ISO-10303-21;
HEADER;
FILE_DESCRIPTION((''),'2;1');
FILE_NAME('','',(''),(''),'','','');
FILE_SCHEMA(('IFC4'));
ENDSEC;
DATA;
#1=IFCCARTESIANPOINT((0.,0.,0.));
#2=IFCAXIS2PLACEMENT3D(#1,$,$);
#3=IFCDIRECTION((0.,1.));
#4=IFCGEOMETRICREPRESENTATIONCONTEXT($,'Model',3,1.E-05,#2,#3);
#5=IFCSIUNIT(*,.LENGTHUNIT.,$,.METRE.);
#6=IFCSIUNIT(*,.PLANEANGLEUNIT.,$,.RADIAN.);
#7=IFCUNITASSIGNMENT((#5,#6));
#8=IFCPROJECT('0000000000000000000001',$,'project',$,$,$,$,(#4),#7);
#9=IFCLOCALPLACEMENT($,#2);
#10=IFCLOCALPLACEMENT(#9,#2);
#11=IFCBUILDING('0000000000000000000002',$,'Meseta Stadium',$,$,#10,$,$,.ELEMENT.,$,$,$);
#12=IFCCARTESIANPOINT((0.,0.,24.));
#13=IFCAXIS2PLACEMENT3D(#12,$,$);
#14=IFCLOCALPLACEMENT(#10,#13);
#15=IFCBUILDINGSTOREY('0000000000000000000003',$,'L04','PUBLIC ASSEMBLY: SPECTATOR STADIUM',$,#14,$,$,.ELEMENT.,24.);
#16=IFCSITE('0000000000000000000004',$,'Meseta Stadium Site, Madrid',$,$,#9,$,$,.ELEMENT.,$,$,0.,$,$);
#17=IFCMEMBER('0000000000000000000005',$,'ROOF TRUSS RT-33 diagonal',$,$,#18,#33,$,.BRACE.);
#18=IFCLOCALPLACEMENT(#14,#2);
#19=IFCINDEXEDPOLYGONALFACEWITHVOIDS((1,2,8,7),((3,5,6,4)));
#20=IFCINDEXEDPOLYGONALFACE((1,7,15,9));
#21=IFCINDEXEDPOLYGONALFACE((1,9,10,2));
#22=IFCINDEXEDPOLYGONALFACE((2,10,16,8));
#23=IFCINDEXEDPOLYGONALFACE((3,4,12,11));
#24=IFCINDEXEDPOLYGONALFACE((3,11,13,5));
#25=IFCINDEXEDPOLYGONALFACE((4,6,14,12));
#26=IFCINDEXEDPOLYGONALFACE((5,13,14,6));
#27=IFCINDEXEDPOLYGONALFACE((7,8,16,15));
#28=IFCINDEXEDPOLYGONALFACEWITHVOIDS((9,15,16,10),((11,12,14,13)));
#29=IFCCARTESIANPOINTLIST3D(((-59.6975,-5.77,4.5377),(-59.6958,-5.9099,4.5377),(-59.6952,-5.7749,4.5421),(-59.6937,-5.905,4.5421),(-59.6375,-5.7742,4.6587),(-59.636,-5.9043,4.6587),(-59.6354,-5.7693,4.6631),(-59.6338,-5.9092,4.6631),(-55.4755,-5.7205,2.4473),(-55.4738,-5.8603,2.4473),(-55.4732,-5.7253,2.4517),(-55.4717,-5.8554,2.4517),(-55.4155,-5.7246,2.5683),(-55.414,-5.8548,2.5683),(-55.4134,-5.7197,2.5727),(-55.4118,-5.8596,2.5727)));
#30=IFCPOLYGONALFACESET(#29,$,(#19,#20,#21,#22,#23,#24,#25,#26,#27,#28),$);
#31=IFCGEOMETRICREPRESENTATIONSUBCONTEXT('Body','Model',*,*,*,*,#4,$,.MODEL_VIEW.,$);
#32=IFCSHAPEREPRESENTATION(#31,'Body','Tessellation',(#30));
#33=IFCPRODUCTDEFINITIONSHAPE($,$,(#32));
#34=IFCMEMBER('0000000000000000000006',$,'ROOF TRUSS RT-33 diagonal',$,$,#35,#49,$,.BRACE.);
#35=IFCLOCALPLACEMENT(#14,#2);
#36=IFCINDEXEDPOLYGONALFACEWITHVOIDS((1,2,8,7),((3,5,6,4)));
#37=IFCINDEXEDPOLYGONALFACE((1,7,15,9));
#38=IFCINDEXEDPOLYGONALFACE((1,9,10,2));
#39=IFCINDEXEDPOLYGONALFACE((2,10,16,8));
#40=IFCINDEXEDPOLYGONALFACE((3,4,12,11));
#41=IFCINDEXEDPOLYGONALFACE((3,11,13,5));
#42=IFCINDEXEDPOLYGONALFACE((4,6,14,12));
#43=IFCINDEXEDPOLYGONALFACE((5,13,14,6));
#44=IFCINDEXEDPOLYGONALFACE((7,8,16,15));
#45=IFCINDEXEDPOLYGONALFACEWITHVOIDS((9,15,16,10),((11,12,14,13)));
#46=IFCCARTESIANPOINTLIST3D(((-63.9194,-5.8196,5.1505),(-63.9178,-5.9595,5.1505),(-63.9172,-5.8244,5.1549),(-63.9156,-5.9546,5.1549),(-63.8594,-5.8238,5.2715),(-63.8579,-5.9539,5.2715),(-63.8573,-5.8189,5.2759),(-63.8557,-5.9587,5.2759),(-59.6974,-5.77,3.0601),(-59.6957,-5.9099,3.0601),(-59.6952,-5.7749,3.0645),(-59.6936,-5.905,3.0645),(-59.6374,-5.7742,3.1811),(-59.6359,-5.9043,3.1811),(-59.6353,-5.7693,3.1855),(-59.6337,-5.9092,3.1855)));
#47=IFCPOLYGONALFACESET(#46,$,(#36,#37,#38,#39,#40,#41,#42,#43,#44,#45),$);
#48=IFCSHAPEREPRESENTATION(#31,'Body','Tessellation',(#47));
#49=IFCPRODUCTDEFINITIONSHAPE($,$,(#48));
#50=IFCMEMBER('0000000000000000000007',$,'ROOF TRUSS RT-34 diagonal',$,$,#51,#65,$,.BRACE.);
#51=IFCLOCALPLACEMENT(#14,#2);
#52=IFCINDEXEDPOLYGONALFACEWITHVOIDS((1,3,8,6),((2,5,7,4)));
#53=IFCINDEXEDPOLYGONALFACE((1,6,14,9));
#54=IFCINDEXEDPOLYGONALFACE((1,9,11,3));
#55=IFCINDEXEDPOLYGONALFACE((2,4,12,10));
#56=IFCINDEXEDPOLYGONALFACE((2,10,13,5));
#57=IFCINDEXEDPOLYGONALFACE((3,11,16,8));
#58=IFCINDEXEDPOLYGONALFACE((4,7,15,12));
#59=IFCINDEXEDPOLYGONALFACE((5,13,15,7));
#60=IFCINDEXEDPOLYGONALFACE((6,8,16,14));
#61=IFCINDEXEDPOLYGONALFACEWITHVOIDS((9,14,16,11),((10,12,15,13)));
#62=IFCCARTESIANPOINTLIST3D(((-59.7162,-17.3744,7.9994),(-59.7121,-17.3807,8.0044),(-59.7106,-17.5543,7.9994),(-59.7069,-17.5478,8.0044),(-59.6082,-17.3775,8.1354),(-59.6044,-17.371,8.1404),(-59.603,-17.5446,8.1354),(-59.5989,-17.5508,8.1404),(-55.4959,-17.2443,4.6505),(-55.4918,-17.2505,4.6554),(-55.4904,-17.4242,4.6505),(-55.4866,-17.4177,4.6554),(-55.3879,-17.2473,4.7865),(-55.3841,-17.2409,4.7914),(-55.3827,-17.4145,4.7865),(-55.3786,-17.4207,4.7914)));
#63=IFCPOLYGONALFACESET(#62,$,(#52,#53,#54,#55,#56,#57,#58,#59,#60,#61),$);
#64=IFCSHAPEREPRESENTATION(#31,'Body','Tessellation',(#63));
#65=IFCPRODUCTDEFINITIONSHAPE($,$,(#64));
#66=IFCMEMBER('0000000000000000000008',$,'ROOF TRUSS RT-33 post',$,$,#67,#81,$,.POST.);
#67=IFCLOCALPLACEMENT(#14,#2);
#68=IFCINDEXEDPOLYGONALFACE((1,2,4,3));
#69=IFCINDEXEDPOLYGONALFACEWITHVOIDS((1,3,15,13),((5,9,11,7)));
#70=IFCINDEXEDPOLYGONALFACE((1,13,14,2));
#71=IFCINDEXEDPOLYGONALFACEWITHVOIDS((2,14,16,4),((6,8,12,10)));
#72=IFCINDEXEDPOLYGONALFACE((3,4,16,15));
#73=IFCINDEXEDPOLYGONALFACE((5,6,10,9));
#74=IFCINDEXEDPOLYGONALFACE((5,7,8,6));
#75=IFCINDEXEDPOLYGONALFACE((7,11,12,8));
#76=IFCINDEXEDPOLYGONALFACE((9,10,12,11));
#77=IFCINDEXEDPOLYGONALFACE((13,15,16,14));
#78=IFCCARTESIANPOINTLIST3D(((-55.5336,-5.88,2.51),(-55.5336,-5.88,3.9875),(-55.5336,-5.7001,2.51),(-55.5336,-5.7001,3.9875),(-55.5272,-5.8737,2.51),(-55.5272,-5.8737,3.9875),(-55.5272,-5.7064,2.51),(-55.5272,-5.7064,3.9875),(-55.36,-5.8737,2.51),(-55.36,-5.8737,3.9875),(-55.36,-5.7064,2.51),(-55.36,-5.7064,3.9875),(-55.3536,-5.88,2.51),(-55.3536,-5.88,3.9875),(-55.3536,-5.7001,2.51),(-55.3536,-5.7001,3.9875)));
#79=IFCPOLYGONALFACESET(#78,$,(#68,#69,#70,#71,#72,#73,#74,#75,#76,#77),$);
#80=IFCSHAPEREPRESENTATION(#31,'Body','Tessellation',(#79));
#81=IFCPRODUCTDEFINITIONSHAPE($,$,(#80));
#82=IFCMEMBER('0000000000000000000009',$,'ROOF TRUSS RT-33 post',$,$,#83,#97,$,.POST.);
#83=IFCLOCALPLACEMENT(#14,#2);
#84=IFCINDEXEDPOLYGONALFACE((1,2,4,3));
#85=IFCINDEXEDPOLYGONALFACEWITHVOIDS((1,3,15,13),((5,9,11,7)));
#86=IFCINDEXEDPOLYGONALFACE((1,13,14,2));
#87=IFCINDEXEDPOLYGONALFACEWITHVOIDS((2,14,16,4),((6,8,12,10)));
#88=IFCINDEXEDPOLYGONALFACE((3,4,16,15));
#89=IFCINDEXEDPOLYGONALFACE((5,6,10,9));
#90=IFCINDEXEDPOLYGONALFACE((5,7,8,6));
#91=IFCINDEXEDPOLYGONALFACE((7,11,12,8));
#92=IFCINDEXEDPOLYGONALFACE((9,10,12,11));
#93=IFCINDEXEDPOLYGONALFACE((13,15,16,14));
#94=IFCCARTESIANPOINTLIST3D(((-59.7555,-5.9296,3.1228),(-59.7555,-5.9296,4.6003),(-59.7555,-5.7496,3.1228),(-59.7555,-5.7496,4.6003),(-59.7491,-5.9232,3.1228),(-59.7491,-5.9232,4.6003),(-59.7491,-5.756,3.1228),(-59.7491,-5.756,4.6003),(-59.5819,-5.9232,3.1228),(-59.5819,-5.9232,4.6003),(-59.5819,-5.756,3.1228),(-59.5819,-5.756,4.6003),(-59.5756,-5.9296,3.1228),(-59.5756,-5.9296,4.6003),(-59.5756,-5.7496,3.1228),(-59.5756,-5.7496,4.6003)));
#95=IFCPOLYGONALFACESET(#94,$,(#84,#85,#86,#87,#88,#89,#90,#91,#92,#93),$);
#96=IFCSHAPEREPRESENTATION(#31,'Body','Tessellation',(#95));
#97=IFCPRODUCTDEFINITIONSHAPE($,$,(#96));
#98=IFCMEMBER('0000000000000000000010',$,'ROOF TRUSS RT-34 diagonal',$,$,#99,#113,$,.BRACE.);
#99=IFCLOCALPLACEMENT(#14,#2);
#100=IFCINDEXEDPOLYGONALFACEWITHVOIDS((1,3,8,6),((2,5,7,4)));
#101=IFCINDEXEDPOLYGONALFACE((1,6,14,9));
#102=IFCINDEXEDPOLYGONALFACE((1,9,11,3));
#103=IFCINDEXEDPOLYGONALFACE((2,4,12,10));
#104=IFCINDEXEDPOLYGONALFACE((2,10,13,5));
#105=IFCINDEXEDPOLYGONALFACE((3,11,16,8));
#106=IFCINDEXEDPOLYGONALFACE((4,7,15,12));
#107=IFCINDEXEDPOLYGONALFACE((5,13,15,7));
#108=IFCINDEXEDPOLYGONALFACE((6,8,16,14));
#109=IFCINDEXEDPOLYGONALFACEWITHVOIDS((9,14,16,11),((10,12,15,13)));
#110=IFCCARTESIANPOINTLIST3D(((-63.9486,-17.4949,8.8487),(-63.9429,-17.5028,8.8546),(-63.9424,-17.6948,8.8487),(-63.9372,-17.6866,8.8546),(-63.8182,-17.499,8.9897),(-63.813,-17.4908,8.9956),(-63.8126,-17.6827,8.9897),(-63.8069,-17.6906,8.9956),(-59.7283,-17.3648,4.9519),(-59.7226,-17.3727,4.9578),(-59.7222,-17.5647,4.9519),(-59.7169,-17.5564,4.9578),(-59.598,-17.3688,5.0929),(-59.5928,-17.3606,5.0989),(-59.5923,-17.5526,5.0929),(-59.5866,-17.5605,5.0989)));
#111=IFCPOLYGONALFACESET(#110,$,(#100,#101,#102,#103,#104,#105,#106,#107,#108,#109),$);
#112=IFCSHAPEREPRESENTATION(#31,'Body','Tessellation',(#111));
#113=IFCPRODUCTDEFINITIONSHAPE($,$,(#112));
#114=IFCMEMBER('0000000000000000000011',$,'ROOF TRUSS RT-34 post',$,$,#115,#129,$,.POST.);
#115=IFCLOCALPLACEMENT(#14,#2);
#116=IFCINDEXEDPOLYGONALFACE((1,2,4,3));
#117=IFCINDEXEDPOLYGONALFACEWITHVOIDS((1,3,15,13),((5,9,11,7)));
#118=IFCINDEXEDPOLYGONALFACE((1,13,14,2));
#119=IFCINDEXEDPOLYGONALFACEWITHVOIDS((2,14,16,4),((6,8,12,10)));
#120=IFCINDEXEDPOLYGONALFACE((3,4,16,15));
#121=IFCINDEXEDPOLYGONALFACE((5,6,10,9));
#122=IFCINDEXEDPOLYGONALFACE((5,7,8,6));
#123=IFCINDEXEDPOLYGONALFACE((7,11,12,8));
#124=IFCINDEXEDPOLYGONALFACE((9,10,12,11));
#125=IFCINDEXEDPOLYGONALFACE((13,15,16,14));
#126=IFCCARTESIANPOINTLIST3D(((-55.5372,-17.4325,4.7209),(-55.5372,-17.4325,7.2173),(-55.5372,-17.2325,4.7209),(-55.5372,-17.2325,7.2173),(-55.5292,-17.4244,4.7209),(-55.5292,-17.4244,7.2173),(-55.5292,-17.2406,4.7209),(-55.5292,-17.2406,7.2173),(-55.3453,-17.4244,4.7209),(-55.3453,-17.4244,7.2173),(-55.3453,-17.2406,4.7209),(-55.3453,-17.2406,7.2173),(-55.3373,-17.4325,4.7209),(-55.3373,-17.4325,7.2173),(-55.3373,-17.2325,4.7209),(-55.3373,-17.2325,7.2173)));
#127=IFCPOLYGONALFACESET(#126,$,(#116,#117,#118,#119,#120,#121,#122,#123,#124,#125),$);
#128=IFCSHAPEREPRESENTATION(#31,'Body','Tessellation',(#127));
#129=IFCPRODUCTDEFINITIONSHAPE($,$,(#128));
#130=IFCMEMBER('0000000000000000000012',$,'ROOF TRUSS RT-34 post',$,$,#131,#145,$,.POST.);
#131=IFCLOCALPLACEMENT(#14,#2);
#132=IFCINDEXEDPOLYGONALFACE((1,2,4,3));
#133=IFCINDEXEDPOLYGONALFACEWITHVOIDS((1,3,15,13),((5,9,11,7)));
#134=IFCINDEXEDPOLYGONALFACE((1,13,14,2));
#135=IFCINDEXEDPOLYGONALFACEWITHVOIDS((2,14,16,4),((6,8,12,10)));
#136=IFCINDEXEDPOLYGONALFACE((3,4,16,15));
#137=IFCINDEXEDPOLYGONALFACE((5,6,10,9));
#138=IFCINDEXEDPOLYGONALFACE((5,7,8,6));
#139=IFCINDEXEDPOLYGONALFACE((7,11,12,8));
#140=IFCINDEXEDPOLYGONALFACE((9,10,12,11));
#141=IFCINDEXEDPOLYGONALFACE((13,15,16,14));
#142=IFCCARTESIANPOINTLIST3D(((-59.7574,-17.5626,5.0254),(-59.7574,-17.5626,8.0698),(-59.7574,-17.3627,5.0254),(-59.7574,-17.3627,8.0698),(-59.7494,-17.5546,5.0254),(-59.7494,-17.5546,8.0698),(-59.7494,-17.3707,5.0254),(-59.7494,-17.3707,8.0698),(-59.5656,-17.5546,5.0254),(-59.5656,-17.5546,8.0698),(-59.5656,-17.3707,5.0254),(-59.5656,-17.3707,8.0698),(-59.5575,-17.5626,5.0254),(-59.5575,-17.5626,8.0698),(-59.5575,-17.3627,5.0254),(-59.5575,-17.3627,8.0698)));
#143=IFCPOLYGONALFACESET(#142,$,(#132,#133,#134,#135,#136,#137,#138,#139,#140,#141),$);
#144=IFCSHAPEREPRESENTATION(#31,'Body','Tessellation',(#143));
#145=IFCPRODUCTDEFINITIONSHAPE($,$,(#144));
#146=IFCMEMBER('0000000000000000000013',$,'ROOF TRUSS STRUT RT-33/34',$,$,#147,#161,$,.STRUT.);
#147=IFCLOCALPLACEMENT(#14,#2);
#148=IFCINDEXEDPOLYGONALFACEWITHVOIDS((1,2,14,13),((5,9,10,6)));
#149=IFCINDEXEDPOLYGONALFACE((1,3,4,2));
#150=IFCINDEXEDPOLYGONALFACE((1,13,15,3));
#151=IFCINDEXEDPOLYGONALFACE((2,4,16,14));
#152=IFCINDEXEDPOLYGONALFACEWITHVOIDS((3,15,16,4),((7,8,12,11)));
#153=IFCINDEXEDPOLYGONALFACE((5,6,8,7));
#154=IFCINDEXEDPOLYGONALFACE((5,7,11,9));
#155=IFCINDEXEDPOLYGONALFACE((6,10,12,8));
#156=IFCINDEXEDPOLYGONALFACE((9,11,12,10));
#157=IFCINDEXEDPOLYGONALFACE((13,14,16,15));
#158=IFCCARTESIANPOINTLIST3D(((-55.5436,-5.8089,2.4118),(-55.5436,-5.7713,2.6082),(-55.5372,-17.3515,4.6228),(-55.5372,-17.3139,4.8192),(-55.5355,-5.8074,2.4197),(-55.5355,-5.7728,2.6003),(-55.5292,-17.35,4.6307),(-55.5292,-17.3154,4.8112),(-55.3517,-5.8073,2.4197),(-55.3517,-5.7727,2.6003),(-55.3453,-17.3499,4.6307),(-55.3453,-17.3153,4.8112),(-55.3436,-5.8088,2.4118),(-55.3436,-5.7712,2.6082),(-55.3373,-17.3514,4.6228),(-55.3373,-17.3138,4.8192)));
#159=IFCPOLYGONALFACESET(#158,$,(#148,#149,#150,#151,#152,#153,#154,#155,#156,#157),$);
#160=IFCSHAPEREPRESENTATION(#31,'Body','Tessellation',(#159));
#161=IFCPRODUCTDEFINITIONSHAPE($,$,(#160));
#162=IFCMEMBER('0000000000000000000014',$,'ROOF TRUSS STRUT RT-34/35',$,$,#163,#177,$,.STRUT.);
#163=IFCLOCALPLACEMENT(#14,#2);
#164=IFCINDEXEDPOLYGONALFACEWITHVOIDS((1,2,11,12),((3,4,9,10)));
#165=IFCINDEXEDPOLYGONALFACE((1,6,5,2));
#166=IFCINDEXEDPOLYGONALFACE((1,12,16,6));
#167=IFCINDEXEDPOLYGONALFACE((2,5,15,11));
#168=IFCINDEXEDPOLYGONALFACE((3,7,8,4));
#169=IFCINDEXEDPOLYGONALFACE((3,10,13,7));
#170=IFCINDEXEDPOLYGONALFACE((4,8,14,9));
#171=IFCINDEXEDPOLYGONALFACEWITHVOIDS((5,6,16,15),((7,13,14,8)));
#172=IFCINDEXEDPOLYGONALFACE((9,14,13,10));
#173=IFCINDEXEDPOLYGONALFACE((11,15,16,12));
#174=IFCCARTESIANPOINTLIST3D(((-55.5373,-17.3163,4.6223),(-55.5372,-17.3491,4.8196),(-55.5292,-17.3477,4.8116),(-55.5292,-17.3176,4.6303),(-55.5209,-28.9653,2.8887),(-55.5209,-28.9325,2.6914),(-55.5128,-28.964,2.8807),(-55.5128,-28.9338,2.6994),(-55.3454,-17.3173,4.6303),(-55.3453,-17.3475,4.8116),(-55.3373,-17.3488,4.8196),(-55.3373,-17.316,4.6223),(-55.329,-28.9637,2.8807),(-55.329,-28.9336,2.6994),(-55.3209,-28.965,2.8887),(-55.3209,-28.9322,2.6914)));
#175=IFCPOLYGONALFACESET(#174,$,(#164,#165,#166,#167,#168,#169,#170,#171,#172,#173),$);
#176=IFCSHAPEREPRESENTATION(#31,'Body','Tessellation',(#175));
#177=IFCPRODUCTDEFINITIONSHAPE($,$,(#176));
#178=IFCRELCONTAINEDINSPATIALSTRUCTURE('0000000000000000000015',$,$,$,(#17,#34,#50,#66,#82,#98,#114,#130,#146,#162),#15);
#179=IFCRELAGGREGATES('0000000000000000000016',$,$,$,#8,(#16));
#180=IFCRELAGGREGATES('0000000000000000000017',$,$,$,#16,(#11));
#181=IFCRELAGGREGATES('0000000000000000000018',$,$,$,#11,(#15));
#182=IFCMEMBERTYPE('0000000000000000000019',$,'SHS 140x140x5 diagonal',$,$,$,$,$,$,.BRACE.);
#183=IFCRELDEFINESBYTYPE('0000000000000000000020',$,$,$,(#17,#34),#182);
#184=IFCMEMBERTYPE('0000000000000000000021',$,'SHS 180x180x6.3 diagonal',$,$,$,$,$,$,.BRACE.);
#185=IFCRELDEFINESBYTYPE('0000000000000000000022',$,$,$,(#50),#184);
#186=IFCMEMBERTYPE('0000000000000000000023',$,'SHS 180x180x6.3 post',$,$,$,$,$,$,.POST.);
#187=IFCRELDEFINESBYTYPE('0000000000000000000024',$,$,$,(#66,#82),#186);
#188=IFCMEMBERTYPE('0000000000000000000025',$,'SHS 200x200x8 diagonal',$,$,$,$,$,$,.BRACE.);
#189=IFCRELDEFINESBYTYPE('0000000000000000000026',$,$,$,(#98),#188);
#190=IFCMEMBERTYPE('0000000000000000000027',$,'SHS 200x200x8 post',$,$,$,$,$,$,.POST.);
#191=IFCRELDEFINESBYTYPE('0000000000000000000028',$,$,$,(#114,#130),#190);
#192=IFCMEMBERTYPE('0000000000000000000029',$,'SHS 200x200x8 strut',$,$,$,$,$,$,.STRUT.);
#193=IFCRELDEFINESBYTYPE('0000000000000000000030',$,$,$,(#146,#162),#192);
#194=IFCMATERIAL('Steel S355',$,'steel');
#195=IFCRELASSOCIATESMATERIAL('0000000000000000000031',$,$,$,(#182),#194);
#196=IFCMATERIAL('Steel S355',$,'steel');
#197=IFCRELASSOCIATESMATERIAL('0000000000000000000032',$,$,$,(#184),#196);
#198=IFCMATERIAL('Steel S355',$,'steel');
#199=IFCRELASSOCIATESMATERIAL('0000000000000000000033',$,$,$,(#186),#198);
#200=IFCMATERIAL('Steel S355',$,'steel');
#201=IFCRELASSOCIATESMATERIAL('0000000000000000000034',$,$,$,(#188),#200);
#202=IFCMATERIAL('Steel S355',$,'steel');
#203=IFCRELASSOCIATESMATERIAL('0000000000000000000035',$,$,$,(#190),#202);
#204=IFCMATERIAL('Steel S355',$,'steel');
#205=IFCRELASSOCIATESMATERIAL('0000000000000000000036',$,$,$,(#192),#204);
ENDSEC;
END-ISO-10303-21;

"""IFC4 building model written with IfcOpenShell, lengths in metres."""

from ifc_helpers import new_model, si_unit, direction, frame, origin, origin_2d, place, context, subcontext, project, spatial, hollow_rectangle, extrude, material, material_profile, profile_set, type_object, element, save


model = new_model("IFC4")

# Units and contexts
model_context = context("Model", 3, precision=1e-05, world=origin(), true_north=direction((0.0, 1.0)))
body_context = subcontext(model_context, "Body", "Model", "MODEL_VIEW")
ifc_project = project(units=[si_unit("LENGTHUNIT", "METRE"), si_unit("PLANEANGLEUNIT", "RADIAN")], contexts=[model_context])

# Site, building, storey
site_placement = place(None, origin())
site = spatial("IfcSite", under=ifc_project, at=site_placement, Name="Meseta Stadium Site, Madrid", CompositionType="ELEMENT", RefElevation=0.0)
building_placement = place(site_placement, origin())
building = spatial("IfcBuilding", under=site, at=building_placement, Name="Meseta Stadium", CompositionType="ELEMENT")
storey_placement = place(building_placement, frame((0.0, 0.0, 24.0)))
storey = spatial("IfcBuildingStorey", under=building, at=storey_placement, Name="L04", Description="PUBLIC ASSEMBLY: SPECTATOR STADIUM", CompositionType="ELEMENT", Elevation=24.0)

# Members
ifc_material_1 = material(Name="Steel S355", Category="steel")
ifc_material_profile_1 = material_profile(ifc_material_1, hollow_rectangle(XDim=0.1399, YDim=0.1399, WallThickness=0.0049, at=origin_2d()), Name="SHS 140x140x5")
ifc_profile_set_1 = profile_set([ifc_material_profile_1], Name="Steel S355")
member_type_1 = type_object("IfcMemberType", Name="SHS 140x140x5 diagonal", PredefinedType="BRACE", material=ifc_profile_set_1)
for number, where, z_axis, x_axis, name in (
    (1, (-55.4436, -5.79, 2.51), (-0.896122, -0.010519, 0.443682), (0.011738, -0.999931, 0.0), "ROOF TRUSS RT-33 diagonal"),
    (2, (-59.6655, -5.8396, 3.1228), (-0.896122, -0.010519, 0.443682), (0.011738, -0.999931, 0.0), "ROOF TRUSS RT-33 diagonal"),
):
    element("IfcMember", number, at=place(storey_placement, frame(where, z_axis=z_axis, x_axis=x_axis)), inside=storey, type_object=member_type_1, Name=name, PredefinedType="BRACE", context=body_context, shape_type="SweptSolid", body=[
        extrude(hollow_rectangle(XDim=0.1399, YDim=0.1399, WallThickness=0.0049, at=origin_2d()), origin(), (0.0, 0.0, 1.0), 4.7114),
    ])
ifc_material_2 = material(Name="Steel S355", Category="steel")
ifc_material_profile_2 = material_profile(ifc_material_2, hollow_rectangle(XDim=0.1799, YDim=0.1799, WallThickness=0.0063, at=origin_2d()), Name="SHS 180x180x6.3")
ifc_profile_set_2 = profile_set([ifc_material_profile_2], Name="Steel S355")
member_type_2 = type_object("IfcMemberType", Name="SHS 180x180x6.3 diagonal", PredefinedType="BRACE", material=ifc_profile_set_2)
member_1_placement = place(storey_placement, frame((-55.4373, -17.3325, 4.7209), z_axis=(-0.783106, -0.024146, 0.62142), x_axis=(0.03082, -0.999525, 0.0)))
element("IfcMember", 3, at=member_1_placement, inside=storey, type_object=member_type_2, Name="ROOF TRUSS RT-34 diagonal", PredefinedType="BRACE", context=body_context, shape_type="SweptSolid", body=[
    extrude(hollow_rectangle(XDim=0.1799, YDim=0.1799, WallThickness=0.0063, at=origin_2d()), origin(), (0.0, 0.0, 1.0), 5.3892),
])
ifc_material_3 = material(Name="Steel S355", Category="steel")
ifc_material_profile_3 = material_profile(ifc_material_3, hollow_rectangle(XDim=0.1799, YDim=0.1799, WallThickness=0.0063, at=origin_2d()), Name="SHS 180x180x6.3")
ifc_profile_set_3 = profile_set([ifc_material_profile_3], Name="Steel S355")
member_type_3 = type_object("IfcMemberType", Name="SHS 180x180x6.3 post", PredefinedType="POST", material=ifc_profile_set_3)
for number, where, z_axis, x_axis, name in (
    (4, (-55.4436, -5.79, 2.51), (0.0, 0.0, 1.0), (1.0, 0.0, 0.0), "ROOF TRUSS RT-33 post"),
    (5, (-59.6655, -5.8396, 3.1228), (0.0, 0.0, 1.0), (1.0, 0.0, 0.0), "ROOF TRUSS RT-33 post"),
):
    element("IfcMember", number, at=place(storey_placement, frame(where, z_axis=z_axis, x_axis=x_axis)), inside=storey, type_object=member_type_3, Name=name, PredefinedType="POST", context=body_context, shape_type="SweptSolid", body=[
        extrude(hollow_rectangle(XDim=0.1799, YDim=0.1799, WallThickness=0.0063, at=origin_2d()), origin(), (0.0, 0.0, 1.0), 1.4775),
    ])
ifc_material_4 = material(Name="Steel S355", Category="steel")
ifc_material_profile_4 = material_profile(ifc_material_4, hollow_rectangle(XDim=0.2, YDim=0.2, WallThickness=0.0081, at=origin_2d()), Name="SHS 200x200x8")
ifc_profile_set_4 = profile_set([ifc_material_profile_4], Name="Steel S355")
member_type_4 = type_object("IfcMemberType", Name="SHS 200x200x8 diagonal", PredefinedType="BRACE", material=ifc_profile_set_4)
member_2_placement = place(storey_placement, frame((-59.6575, -17.4626, 5.0254), z_axis=(-0.734516, -0.022648, 0.678214), x_axis=(0.03082, -0.999525, 0.0)))
element("IfcMember", 6, at=member_2_placement, inside=storey, type_object=member_type_4, Name="ROOF TRUSS RT-34 diagonal", PredefinedType="BRACE", context=body_context, shape_type="SweptSolid", body=[
    extrude(hollow_rectangle(XDim=0.2, YDim=0.2, WallThickness=0.0081, at=origin_2d()), origin(), (0.0, 0.0, 1.0), 5.7456),
])
ifc_material_5 = material(Name="Steel S355", Category="steel")
ifc_material_profile_5 = material_profile(ifc_material_5, hollow_rectangle(XDim=0.2, YDim=0.2, WallThickness=0.0081, at=origin_2d()), Name="SHS 200x200x8")
ifc_profile_set_5 = profile_set([ifc_material_profile_5], Name="Steel S355")
member_type_5 = type_object("IfcMemberType", Name="SHS 200x200x8 post", PredefinedType="POST", material=ifc_profile_set_5)
member_3_placement = place(storey_placement, frame((-55.4373, -17.3325, 4.7209), z_axis=(0.0, 0.0, 1.0), x_axis=(1.0, 0.0, 0.0)))
element("IfcMember", 7, at=member_3_placement, inside=storey, type_object=member_type_5, Name="ROOF TRUSS RT-34 post", PredefinedType="POST", context=body_context, shape_type="SweptSolid", body=[
    extrude(hollow_rectangle(XDim=0.2, YDim=0.2, WallThickness=0.0081, at=origin_2d()), origin(), (0.0, 0.0, 1.0), 2.4963),
])
member_4_placement = place(storey_placement, frame((-59.6575, -17.4626, 5.0254), z_axis=(0.0, 0.0, 1.0), x_axis=(1.0, 0.0, 0.0)))
element("IfcMember", 8, at=member_4_placement, inside=storey, type_object=member_type_5, Name="ROOF TRUSS RT-34 post", PredefinedType="POST", context=body_context, shape_type="SweptSolid", body=[
    extrude(hollow_rectangle(XDim=0.2, YDim=0.2, WallThickness=0.0081, at=origin_2d()), origin(), (0.0, 0.0, 1.0), 3.0444),
])
ifc_material_6 = material(Name="Steel S355", Category="steel")
ifc_material_profile_6 = material_profile(ifc_material_6, hollow_rectangle(XDim=0.2, YDim=0.2, WallThickness=0.0081, at=origin_2d()), Name="SHS 200x200x8")
ifc_profile_set_6 = profile_set([ifc_material_profile_6], Name="Steel S355")
member_type_6 = type_object("IfcMemberType", Name="SHS 200x200x8 strut", PredefinedType="STRUT", material=ifc_profile_set_6)
member_5_placement = place(storey_placement, frame((-55.4436, -5.79, 2.51), z_axis=(0.00054, -0.982144, 0.188128), x_axis=(1.0, 0.00055, 0.0)))
element("IfcMember", 9, at=member_5_placement, inside=storey, type_object=member_type_6, Name="ROOF TRUSS STRUT RT-33/34", PredefinedType="STRUT", context=body_context, shape_type="SweptSolid", body=[
    extrude(hollow_rectangle(XDim=0.2, YDim=0.2, WallThickness=0.0081, at=origin_2d()), origin(), (0.0, 0.0, 1.0), 11.7524),
])
member_6_placement = place(storey_placement, frame((-55.4373, -17.3325, 4.7209), z_axis=(0.001389, -0.986463, -0.163975), x_axis=(0.999999, 0.001408, 0.0)))
element("IfcMember", 10, at=member_6_placement, inside=storey, type_object=member_type_6, Name="ROOF TRUSS STRUT RT-34/35", PredefinedType="STRUT", context=body_context, shape_type="SweptSolid", body=[
    extrude(hollow_rectangle(XDim=0.2, YDim=0.2, WallThickness=0.0081, at=origin_2d()), origin(), (0.0, 0.0, 1.0), 11.7756),
])

save(model, "model.ifc")
